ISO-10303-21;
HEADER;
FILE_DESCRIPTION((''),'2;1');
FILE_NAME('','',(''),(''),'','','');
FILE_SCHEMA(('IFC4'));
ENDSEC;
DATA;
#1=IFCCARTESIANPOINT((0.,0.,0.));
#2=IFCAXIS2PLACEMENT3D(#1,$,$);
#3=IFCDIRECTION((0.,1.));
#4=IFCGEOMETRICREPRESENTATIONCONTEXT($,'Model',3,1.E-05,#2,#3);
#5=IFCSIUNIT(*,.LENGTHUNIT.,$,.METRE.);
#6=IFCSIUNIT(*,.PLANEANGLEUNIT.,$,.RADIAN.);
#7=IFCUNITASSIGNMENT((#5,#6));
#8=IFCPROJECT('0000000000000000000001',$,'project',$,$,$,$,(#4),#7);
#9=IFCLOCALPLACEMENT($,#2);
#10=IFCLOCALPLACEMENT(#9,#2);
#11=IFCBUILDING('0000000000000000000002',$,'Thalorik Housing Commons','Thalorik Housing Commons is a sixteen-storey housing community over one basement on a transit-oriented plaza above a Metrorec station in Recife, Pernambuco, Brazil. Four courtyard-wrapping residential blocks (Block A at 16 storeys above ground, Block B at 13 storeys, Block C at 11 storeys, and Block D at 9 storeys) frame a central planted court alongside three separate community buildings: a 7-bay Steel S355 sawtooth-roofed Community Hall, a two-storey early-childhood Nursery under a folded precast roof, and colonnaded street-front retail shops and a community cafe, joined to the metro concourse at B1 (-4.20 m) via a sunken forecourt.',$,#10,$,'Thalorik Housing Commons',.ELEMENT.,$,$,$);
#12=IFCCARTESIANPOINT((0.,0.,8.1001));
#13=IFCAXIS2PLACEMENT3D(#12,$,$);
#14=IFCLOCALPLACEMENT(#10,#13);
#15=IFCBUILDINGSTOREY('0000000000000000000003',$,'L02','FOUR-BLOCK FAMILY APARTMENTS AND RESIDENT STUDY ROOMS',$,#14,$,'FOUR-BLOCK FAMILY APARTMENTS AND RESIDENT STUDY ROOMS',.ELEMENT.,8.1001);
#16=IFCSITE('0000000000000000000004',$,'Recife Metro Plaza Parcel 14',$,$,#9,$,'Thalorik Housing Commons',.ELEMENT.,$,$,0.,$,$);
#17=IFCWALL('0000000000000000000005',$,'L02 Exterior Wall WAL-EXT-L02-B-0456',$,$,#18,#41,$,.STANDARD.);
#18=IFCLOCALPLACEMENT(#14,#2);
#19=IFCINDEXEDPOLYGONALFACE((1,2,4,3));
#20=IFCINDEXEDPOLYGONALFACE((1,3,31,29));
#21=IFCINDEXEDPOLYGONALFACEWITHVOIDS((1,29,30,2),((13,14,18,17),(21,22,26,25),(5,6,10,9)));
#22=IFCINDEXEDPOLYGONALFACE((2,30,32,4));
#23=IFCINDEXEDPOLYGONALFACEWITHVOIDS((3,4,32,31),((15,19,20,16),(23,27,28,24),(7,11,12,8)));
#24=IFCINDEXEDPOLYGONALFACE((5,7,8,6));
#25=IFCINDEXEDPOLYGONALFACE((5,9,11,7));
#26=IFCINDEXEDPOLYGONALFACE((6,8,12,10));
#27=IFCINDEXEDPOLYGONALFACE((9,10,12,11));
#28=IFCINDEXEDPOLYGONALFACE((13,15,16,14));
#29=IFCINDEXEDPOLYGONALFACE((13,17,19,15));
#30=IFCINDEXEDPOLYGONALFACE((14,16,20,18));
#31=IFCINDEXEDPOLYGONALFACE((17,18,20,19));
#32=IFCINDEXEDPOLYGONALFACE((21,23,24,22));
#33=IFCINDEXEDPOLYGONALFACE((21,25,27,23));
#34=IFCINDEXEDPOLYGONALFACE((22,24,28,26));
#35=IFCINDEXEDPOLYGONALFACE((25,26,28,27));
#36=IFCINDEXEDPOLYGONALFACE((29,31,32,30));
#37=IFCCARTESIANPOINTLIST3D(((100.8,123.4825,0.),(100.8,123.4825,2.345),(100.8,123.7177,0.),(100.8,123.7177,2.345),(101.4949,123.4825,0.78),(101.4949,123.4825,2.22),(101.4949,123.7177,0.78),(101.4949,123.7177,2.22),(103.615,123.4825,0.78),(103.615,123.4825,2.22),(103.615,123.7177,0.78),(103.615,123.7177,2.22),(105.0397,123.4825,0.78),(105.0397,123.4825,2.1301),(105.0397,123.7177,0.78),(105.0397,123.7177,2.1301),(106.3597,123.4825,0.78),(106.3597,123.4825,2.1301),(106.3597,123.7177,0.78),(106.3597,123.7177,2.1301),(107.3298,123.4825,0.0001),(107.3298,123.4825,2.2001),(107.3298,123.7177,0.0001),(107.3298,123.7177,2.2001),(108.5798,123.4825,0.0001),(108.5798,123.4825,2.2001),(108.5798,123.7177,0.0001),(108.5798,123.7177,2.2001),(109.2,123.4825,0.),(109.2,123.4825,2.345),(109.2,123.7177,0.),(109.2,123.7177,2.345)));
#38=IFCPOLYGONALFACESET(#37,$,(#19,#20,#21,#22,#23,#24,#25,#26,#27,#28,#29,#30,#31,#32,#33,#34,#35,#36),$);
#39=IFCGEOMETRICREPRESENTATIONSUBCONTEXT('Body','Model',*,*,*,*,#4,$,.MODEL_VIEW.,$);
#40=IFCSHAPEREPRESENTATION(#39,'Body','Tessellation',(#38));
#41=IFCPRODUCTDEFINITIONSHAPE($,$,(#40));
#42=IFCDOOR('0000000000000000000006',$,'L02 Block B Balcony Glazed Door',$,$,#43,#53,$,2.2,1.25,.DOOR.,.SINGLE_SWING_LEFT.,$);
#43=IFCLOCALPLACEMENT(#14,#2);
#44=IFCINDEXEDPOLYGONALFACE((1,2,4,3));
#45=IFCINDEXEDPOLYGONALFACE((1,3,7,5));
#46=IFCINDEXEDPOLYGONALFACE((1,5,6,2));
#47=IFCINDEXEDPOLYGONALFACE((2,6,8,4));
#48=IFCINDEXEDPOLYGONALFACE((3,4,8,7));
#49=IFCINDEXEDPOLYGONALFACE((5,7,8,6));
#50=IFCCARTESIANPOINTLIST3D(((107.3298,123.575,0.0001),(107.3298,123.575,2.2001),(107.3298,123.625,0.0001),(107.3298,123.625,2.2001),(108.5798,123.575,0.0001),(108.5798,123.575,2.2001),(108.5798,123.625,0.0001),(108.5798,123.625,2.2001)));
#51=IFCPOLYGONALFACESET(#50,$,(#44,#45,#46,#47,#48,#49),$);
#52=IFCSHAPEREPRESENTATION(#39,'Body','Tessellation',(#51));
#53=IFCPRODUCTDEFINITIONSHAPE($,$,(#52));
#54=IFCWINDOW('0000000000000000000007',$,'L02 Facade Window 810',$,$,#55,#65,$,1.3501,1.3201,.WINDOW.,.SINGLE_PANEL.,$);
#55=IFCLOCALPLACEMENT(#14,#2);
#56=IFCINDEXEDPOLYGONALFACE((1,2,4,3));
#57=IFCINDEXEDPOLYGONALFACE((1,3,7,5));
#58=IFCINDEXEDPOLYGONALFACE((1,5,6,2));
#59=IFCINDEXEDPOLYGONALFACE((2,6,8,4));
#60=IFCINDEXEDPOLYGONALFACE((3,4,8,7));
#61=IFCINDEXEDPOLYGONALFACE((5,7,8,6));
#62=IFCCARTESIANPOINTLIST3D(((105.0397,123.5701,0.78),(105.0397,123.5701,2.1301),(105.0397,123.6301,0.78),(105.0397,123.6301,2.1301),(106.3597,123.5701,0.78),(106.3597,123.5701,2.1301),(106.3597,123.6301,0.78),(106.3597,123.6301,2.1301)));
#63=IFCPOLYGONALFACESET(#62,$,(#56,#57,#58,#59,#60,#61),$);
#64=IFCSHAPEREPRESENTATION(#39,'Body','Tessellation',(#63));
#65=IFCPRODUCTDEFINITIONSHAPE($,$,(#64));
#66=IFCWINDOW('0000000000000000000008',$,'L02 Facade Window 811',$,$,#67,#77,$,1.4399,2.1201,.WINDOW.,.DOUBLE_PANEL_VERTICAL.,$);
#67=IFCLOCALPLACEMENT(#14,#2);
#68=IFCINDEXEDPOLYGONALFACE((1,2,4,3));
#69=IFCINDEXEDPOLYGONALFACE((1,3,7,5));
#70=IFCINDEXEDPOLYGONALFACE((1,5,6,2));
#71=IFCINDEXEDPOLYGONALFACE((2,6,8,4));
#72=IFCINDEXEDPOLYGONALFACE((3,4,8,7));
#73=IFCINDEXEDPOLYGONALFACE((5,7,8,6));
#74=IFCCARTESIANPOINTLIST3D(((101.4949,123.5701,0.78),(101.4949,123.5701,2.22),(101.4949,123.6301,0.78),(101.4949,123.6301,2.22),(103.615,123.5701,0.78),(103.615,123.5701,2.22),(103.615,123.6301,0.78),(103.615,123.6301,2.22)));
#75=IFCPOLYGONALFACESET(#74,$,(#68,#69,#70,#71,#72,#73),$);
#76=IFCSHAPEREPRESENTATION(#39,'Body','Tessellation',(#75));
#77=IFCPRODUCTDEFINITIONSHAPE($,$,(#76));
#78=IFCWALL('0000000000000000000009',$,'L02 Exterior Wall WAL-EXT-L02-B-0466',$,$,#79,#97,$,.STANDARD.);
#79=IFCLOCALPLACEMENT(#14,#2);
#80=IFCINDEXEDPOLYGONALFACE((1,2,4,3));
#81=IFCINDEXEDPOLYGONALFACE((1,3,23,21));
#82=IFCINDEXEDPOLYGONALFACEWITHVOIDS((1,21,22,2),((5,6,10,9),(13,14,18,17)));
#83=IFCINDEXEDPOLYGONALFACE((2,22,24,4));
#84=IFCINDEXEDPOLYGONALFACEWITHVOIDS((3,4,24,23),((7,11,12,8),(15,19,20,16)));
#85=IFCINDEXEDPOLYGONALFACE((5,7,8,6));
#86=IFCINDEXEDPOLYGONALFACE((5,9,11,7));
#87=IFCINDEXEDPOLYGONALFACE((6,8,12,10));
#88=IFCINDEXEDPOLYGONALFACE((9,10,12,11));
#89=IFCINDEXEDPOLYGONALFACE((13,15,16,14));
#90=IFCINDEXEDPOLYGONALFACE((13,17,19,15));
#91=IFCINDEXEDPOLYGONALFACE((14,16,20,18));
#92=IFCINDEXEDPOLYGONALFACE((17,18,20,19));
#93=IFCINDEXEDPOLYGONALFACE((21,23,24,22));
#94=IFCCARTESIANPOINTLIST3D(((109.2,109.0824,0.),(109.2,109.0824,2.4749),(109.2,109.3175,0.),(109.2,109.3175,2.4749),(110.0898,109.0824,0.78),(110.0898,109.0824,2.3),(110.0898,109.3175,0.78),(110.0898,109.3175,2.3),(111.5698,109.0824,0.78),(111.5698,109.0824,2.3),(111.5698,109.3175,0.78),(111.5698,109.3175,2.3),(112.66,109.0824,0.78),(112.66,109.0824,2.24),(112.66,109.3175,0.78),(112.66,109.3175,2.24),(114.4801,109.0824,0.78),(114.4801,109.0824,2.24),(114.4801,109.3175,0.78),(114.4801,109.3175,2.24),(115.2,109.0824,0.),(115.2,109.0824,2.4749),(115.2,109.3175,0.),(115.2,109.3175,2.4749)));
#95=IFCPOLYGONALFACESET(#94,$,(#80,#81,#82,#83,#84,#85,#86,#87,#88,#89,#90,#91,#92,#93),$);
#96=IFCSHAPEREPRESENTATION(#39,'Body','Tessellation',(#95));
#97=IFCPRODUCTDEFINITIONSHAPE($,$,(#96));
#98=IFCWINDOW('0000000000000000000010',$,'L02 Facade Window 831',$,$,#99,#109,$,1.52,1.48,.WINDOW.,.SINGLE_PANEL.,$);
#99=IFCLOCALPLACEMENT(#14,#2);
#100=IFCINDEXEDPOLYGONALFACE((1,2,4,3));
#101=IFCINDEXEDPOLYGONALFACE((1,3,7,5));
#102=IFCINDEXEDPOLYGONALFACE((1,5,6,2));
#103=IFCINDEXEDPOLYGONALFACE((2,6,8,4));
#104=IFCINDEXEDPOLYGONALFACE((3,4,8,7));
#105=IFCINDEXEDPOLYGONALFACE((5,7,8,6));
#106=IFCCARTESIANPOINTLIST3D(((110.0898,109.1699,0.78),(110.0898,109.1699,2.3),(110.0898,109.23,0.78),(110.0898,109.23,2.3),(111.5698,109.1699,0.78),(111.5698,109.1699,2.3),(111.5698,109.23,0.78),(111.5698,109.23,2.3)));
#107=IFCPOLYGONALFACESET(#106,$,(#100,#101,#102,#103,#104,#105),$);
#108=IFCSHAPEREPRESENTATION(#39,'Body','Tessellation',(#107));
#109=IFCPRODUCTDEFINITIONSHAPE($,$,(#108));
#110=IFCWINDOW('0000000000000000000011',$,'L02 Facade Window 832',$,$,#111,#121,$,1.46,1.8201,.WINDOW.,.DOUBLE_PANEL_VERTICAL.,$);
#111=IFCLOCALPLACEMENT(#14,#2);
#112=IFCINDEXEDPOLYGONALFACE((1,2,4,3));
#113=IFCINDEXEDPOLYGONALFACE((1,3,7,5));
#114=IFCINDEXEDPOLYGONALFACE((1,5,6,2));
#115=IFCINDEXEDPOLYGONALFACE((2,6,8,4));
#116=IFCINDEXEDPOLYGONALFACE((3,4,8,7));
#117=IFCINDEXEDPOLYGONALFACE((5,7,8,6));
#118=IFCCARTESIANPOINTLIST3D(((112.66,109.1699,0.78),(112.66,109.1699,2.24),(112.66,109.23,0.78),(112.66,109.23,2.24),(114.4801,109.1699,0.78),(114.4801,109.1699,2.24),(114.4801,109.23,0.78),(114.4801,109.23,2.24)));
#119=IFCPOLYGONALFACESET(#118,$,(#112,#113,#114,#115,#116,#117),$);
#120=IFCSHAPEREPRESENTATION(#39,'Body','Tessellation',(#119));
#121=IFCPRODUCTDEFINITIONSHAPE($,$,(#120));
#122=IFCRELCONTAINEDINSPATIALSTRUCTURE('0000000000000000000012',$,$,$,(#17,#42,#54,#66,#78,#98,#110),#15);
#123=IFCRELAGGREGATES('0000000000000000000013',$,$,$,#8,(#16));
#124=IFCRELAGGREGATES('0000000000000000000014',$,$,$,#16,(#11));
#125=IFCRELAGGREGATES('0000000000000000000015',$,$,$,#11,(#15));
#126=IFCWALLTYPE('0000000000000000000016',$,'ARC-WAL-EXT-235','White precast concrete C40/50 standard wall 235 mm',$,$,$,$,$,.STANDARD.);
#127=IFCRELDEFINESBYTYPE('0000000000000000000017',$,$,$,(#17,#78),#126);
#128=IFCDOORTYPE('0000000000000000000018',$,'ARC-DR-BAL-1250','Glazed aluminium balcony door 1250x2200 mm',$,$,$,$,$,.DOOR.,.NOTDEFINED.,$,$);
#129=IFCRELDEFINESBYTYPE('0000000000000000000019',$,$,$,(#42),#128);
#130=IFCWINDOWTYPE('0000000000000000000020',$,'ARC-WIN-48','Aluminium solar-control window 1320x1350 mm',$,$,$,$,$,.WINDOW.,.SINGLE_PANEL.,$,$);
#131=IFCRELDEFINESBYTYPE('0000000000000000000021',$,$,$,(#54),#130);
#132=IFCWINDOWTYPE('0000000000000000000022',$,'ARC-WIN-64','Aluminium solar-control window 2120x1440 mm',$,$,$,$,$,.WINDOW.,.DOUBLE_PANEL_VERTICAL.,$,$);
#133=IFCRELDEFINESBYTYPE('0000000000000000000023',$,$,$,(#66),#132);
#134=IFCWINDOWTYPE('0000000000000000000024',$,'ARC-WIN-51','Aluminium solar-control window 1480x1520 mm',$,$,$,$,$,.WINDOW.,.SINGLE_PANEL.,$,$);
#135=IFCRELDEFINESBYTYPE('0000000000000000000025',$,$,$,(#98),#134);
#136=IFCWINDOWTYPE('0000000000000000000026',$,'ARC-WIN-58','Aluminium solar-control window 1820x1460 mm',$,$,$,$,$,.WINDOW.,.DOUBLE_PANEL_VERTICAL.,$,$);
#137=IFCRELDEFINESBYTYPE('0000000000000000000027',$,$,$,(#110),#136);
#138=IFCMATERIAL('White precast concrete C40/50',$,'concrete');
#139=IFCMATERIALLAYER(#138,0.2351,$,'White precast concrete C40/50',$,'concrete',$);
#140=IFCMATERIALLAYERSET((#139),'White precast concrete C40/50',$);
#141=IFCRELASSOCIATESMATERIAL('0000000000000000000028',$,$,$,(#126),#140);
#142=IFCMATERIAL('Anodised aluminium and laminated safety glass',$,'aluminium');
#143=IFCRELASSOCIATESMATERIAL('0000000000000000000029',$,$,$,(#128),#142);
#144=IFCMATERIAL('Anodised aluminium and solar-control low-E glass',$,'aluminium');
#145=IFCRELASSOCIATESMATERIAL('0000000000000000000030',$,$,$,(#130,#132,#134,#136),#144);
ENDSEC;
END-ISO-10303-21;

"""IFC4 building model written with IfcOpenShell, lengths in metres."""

from ifc_helpers import new_model, si_unit, direction, frame, frame_2d, origin, place, context, subcontext, project, spatial, rectangle, extrude, material, layer, layer_set, type_object, element, fill, save


model = new_model("IFC4")

# Units and contexts
model_context = context("Model", 3, precision=1e-05, world=origin(), true_north=direction((0.0, 1.0)))
body_context = subcontext(model_context, "Body", "Model", "MODEL_VIEW")
ifc_project = project(units=[si_unit("LENGTHUNIT", "METRE"), si_unit("PLANEANGLEUNIT", "RADIAN")], contexts=[model_context])

# Site, building, storey
site_placement = place(None, origin())
site = spatial("IfcSite", under=ifc_project, at=site_placement, Name="Recife Metro Plaza Parcel 14", LongName="Thalorik Housing Commons", CompositionType="ELEMENT", RefElevation=0.0)
building_placement = place(site_placement, origin())
building = spatial("IfcBuilding", under=site, at=building_placement, Name="Thalorik Housing Commons", Description="Thalorik Housing Commons is a sixteen-storey housing community over one basement on a transit-oriented plaza above a Metrorec station in Recife, Pernambuco, Brazil. Four courtyard-wrapping residential blocks (Block A at 16 storeys above ground, Block B at 13 storeys, Block C at 11 storeys, and Block D at 9 storeys) frame a central planted court alongside three separate community buildings: a 7-bay Steel S355 sawtooth-roofed Community Hall, a two-storey early-childhood Nursery under a folded precast roof, and colonnaded street-front retail shops and a community cafe, joined to the metro concourse at B1 (-4.20 m) via a sunken forecourt.", LongName="Thalorik Housing Commons", CompositionType="ELEMENT")
storey_placement = place(building_placement, frame((0.0, 0.0, 8.1001)))
storey = spatial("IfcBuildingStorey", under=building, at=storey_placement, Name="L02", Description="FOUR-BLOCK FAMILY APARTMENTS AND RESIDENT STUDY ROOMS", LongName="FOUR-BLOCK FAMILY APARTMENTS AND RESIDENT STUDY ROOMS", CompositionType="ELEMENT", Elevation=8.1001)

# Wall, openings, door, windows
ifc_material_1 = material(Name="White precast concrete C40/50", Category="concrete")
ifc_layer_1 = layer(ifc_material_1, 0.2351, Name="White precast concrete C40/50", Category="concrete")
ifc_layer_set_1 = layer_set([ifc_layer_1], Name="White precast concrete C40/50")
wall_type = type_object("IfcWallType", Name="ARC-WAL-EXT-235", Description="White precast concrete C40/50 standard wall 235 mm", PredefinedType="STANDARD", material=ifc_layer_set_1)
wall_1_placement = place(storey_placement, frame((109.2, 123.6001, 0.0), z_axis=(0.0, 0.0, 1.0), x_axis=(-1.0, 0.0, 0.0)))
wall_1 = element("IfcWall", 1, at=wall_1_placement, inside=storey, type_object=wall_type, Name="L02 Exterior Wall WAL-EXT-L02-B-0456", PredefinedType="STANDARD", context=body_context, shape_type="SweptSolid", body=[
    extrude(rectangle(XDim=8.3999, YDim=0.2351, at=frame_2d((4.2, 0.0))), origin(), (0.0, 0.0, 1.0), 2.345),
])
opening_1_placement = place(wall_1_placement, frame((0.6201, 0.0, 0.0)))
opening_1 = element("IfcOpeningElement", 2, at=opening_1_placement, cuts=wall_1, PredefinedType="OPENING", context=body_context, shape_type="SweptSolid", body=[
    extrude(rectangle(XDim=1.25, YDim=2.2, at=frame_2d((0.625, 1.1001))), frame((0.0, 0.1274, 0.0), z_axis=(0.0, -1.0, 0.0), x_axis=(1.0, 0.0, 0.0)), (0.0, 0.0, 1.0), 0.2551),
])
opening_2_placement = place(wall_1_placement, frame((2.8401, 0.0, 0.78)))
opening_2 = element("IfcOpeningElement", 3, at=opening_2_placement, cuts=wall_1, PredefinedType="OPENING", context=body_context, shape_type="SweptSolid", body=[
    extrude(rectangle(XDim=1.3201, YDim=1.3501, at=frame_2d((0.6602, 0.675))), frame((0.0, 0.1274, 0.0), z_axis=(0.0, -1.0, 0.0), x_axis=(1.0, 0.0, 0.0)), (0.0, 0.0, 1.0), 0.2551),
])
opening_3_placement = place(wall_1_placement, frame((5.585, 0.0, 0.78)))
opening_3 = element("IfcOpeningElement", 4, at=opening_3_placement, cuts=wall_1, PredefinedType="OPENING", context=body_context, shape_type="SweptSolid", body=[
    extrude(rectangle(XDim=2.1201, YDim=1.4399, at=frame_2d((1.0601, 0.72))), frame((0.0, 0.1274, 0.0), z_axis=(0.0, -1.0, 0.0), x_axis=(1.0, 0.0, 0.0)), (0.0, 0.0, 1.0), 0.2551),
])
ifc_material_2 = material(Name="Anodised aluminium and laminated safety glass", Category="aluminium")
door_type = type_object("IfcDoorType", Name="ARC-DR-BAL-1250", Description="Glazed aluminium balcony door 1250x2200 mm", OperationType="NOTDEFINED", PredefinedType="DOOR", material=ifc_material_2)
door_placement = place(opening_1_placement, frame((1.25, 0.0, 0.0), z_axis=(0.0, 0.0, 1.0), x_axis=(-1.0, 0.0, 0.0)))
door = element("IfcDoor", 5, at=door_placement, inside=storey, type_object=door_type, Name="L02 Block B Balcony Glazed Door", OperationType="SINGLE_SWING_LEFT", OverallHeight=2.2, OverallWidth=1.25, PredefinedType="DOOR", context=body_context, shape_type="SweptSolid", body=[
    extrude(rectangle(XDim=1.25, YDim=2.2, at=frame_2d((0.625, 1.1001))), frame((0.0, 0.0249, 0.0), z_axis=(0.0, -1.0, 0.0), x_axis=(1.0, 0.0, 0.0)), (0.0, 0.0, 1.0), 0.05),
])
fill(opening_1, door)
ifc_material_3 = material(Name="Anodised aluminium and solar-control low-E glass", Category="aluminium")
window_type_1 = type_object("IfcWindowType", Name="ARC-WIN-48", Description="Aluminium solar-control window 1320x1350 mm", PartitioningType="SINGLE_PANEL", PredefinedType="WINDOW", material=ifc_material_3)
window_1_placement = place(opening_2_placement, origin())
window_1 = element("IfcWindow", 6, at=window_1_placement, inside=storey, type_object=window_type_1, Name="L02 Facade Window 810", OverallHeight=1.3501, OverallWidth=1.3201, PartitioningType="SINGLE_PANEL", PredefinedType="WINDOW", context=body_context, shape_type="SweptSolid", body=[
    extrude(rectangle(XDim=1.3201, YDim=1.3501, at=frame_2d((0.6602, 0.675))), frame((0.0, 0.03, 0.0), z_axis=(0.0, -1.0, 0.0), x_axis=(1.0, 0.0, 0.0)), (0.0, 0.0, 1.0), 0.0601),
])
fill(opening_2, window_1)
window_type_2 = type_object("IfcWindowType", Name="ARC-WIN-64", Description="Aluminium solar-control window 2120x1440 mm", PartitioningType="DOUBLE_PANEL_VERTICAL", PredefinedType="WINDOW", material=ifc_material_3)
window_2_placement = place(opening_3_placement, origin())
window_2 = element("IfcWindow", 7, at=window_2_placement, inside=storey, type_object=window_type_2, Name="L02 Facade Window 811", OverallHeight=1.4399, OverallWidth=2.1201, PartitioningType="DOUBLE_PANEL_VERTICAL", PredefinedType="WINDOW", context=body_context, shape_type="SweptSolid", body=[
    extrude(rectangle(XDim=2.1201, YDim=1.4399, at=frame_2d((1.0601, 0.72))), frame((0.0, 0.03, 0.0), z_axis=(0.0, -1.0, 0.0), x_axis=(1.0, 0.0, 0.0)), (0.0, 0.0, 1.0), 0.0601),
])
fill(opening_3, window_2)

# Wall, openings, windows
wall_2_placement = place(storey_placement, frame((109.2, 109.2, 0.0), z_axis=(0.0, 0.0, 1.0), x_axis=(1.0, 0.0, 0.0)))
wall_2 = element("IfcWall", 8, at=wall_2_placement, inside=storey, type_object=wall_type, Name="L02 Exterior Wall WAL-EXT-L02-B-0466", PredefinedType="STANDARD", context=body_context, shape_type="SweptSolid", body=[
    extrude(rectangle(XDim=6.0, YDim=0.2351, at=frame_2d((3.0, 0.0))), origin(), (0.0, 0.0, 1.0), 2.4749),
])
opening_4_placement = place(wall_2_placement, frame((0.8899, 0.0, 0.78)))
opening_4 = element("IfcOpeningElement", 9, at=opening_4_placement, cuts=wall_2, PredefinedType="OPENING", context=body_context, shape_type="SweptSolid", body=[
    extrude(rectangle(XDim=1.48, YDim=1.52, at=frame_2d((0.74, 0.76))), frame((0.0, 0.1274, 0.0), z_axis=(0.0, -1.0, 0.0), x_axis=(1.0, 0.0, 0.0)), (0.0, 0.0, 1.0), 0.2551),
])
opening_5_placement = place(wall_2_placement, frame((3.46, 0.0, 0.78)))
opening_5 = element("IfcOpeningElement", 10, at=opening_5_placement, cuts=wall_2, PredefinedType="OPENING", context=body_context, shape_type="SweptSolid", body=[
    extrude(rectangle(XDim=1.8201, YDim=1.46, at=frame_2d((0.9102, 0.73))), frame((0.0, 0.1274, 0.0), z_axis=(0.0, -1.0, 0.0), x_axis=(1.0, 0.0, 0.0)), (0.0, 0.0, 1.0), 0.2551),
])
window_type_3 = type_object("IfcWindowType", Name="ARC-WIN-51", Description="Aluminium solar-control window 1480x1520 mm", PartitioningType="SINGLE_PANEL", PredefinedType="WINDOW", material=ifc_material_3)
window_3_placement = place(opening_4_placement, origin())
window_3 = element("IfcWindow", 11, at=window_3_placement, inside=storey, type_object=window_type_3, Name="L02 Facade Window 831", OverallHeight=1.52, OverallWidth=1.48, PartitioningType="SINGLE_PANEL", PredefinedType="WINDOW", context=body_context, shape_type="SweptSolid", body=[
    extrude(rectangle(XDim=1.48, YDim=1.52, at=frame_2d((0.74, 0.76))), frame((0.0, 0.03, 0.0), z_axis=(0.0, -1.0, 0.0), x_axis=(1.0, 0.0, 0.0)), (0.0, 0.0, 1.0), 0.0601),
])
fill(opening_4, window_3)
window_type_4 = type_object("IfcWindowType", Name="ARC-WIN-58", Description="Aluminium solar-control window 1820x1460 mm", PartitioningType="DOUBLE_PANEL_VERTICAL", PredefinedType="WINDOW", material=ifc_material_3)
window_4_placement = place(opening_5_placement, origin())
window_4 = element("IfcWindow", 12, at=window_4_placement, inside=storey, type_object=window_type_4, Name="L02 Facade Window 832", OverallHeight=1.46, OverallWidth=1.8201, PartitioningType="DOUBLE_PANEL_VERTICAL", PredefinedType="WINDOW", context=body_context, shape_type="SweptSolid", body=[
    extrude(rectangle(XDim=1.8201, YDim=1.46, at=frame_2d((0.9102, 0.73))), frame((0.0, 0.03, 0.0), z_axis=(0.0, -1.0, 0.0), x_axis=(1.0, 0.0, 0.0)), (0.0, 0.0, 1.0), 0.0601),
])
fill(opening_5, window_4)

save(model, "model.ifc")
